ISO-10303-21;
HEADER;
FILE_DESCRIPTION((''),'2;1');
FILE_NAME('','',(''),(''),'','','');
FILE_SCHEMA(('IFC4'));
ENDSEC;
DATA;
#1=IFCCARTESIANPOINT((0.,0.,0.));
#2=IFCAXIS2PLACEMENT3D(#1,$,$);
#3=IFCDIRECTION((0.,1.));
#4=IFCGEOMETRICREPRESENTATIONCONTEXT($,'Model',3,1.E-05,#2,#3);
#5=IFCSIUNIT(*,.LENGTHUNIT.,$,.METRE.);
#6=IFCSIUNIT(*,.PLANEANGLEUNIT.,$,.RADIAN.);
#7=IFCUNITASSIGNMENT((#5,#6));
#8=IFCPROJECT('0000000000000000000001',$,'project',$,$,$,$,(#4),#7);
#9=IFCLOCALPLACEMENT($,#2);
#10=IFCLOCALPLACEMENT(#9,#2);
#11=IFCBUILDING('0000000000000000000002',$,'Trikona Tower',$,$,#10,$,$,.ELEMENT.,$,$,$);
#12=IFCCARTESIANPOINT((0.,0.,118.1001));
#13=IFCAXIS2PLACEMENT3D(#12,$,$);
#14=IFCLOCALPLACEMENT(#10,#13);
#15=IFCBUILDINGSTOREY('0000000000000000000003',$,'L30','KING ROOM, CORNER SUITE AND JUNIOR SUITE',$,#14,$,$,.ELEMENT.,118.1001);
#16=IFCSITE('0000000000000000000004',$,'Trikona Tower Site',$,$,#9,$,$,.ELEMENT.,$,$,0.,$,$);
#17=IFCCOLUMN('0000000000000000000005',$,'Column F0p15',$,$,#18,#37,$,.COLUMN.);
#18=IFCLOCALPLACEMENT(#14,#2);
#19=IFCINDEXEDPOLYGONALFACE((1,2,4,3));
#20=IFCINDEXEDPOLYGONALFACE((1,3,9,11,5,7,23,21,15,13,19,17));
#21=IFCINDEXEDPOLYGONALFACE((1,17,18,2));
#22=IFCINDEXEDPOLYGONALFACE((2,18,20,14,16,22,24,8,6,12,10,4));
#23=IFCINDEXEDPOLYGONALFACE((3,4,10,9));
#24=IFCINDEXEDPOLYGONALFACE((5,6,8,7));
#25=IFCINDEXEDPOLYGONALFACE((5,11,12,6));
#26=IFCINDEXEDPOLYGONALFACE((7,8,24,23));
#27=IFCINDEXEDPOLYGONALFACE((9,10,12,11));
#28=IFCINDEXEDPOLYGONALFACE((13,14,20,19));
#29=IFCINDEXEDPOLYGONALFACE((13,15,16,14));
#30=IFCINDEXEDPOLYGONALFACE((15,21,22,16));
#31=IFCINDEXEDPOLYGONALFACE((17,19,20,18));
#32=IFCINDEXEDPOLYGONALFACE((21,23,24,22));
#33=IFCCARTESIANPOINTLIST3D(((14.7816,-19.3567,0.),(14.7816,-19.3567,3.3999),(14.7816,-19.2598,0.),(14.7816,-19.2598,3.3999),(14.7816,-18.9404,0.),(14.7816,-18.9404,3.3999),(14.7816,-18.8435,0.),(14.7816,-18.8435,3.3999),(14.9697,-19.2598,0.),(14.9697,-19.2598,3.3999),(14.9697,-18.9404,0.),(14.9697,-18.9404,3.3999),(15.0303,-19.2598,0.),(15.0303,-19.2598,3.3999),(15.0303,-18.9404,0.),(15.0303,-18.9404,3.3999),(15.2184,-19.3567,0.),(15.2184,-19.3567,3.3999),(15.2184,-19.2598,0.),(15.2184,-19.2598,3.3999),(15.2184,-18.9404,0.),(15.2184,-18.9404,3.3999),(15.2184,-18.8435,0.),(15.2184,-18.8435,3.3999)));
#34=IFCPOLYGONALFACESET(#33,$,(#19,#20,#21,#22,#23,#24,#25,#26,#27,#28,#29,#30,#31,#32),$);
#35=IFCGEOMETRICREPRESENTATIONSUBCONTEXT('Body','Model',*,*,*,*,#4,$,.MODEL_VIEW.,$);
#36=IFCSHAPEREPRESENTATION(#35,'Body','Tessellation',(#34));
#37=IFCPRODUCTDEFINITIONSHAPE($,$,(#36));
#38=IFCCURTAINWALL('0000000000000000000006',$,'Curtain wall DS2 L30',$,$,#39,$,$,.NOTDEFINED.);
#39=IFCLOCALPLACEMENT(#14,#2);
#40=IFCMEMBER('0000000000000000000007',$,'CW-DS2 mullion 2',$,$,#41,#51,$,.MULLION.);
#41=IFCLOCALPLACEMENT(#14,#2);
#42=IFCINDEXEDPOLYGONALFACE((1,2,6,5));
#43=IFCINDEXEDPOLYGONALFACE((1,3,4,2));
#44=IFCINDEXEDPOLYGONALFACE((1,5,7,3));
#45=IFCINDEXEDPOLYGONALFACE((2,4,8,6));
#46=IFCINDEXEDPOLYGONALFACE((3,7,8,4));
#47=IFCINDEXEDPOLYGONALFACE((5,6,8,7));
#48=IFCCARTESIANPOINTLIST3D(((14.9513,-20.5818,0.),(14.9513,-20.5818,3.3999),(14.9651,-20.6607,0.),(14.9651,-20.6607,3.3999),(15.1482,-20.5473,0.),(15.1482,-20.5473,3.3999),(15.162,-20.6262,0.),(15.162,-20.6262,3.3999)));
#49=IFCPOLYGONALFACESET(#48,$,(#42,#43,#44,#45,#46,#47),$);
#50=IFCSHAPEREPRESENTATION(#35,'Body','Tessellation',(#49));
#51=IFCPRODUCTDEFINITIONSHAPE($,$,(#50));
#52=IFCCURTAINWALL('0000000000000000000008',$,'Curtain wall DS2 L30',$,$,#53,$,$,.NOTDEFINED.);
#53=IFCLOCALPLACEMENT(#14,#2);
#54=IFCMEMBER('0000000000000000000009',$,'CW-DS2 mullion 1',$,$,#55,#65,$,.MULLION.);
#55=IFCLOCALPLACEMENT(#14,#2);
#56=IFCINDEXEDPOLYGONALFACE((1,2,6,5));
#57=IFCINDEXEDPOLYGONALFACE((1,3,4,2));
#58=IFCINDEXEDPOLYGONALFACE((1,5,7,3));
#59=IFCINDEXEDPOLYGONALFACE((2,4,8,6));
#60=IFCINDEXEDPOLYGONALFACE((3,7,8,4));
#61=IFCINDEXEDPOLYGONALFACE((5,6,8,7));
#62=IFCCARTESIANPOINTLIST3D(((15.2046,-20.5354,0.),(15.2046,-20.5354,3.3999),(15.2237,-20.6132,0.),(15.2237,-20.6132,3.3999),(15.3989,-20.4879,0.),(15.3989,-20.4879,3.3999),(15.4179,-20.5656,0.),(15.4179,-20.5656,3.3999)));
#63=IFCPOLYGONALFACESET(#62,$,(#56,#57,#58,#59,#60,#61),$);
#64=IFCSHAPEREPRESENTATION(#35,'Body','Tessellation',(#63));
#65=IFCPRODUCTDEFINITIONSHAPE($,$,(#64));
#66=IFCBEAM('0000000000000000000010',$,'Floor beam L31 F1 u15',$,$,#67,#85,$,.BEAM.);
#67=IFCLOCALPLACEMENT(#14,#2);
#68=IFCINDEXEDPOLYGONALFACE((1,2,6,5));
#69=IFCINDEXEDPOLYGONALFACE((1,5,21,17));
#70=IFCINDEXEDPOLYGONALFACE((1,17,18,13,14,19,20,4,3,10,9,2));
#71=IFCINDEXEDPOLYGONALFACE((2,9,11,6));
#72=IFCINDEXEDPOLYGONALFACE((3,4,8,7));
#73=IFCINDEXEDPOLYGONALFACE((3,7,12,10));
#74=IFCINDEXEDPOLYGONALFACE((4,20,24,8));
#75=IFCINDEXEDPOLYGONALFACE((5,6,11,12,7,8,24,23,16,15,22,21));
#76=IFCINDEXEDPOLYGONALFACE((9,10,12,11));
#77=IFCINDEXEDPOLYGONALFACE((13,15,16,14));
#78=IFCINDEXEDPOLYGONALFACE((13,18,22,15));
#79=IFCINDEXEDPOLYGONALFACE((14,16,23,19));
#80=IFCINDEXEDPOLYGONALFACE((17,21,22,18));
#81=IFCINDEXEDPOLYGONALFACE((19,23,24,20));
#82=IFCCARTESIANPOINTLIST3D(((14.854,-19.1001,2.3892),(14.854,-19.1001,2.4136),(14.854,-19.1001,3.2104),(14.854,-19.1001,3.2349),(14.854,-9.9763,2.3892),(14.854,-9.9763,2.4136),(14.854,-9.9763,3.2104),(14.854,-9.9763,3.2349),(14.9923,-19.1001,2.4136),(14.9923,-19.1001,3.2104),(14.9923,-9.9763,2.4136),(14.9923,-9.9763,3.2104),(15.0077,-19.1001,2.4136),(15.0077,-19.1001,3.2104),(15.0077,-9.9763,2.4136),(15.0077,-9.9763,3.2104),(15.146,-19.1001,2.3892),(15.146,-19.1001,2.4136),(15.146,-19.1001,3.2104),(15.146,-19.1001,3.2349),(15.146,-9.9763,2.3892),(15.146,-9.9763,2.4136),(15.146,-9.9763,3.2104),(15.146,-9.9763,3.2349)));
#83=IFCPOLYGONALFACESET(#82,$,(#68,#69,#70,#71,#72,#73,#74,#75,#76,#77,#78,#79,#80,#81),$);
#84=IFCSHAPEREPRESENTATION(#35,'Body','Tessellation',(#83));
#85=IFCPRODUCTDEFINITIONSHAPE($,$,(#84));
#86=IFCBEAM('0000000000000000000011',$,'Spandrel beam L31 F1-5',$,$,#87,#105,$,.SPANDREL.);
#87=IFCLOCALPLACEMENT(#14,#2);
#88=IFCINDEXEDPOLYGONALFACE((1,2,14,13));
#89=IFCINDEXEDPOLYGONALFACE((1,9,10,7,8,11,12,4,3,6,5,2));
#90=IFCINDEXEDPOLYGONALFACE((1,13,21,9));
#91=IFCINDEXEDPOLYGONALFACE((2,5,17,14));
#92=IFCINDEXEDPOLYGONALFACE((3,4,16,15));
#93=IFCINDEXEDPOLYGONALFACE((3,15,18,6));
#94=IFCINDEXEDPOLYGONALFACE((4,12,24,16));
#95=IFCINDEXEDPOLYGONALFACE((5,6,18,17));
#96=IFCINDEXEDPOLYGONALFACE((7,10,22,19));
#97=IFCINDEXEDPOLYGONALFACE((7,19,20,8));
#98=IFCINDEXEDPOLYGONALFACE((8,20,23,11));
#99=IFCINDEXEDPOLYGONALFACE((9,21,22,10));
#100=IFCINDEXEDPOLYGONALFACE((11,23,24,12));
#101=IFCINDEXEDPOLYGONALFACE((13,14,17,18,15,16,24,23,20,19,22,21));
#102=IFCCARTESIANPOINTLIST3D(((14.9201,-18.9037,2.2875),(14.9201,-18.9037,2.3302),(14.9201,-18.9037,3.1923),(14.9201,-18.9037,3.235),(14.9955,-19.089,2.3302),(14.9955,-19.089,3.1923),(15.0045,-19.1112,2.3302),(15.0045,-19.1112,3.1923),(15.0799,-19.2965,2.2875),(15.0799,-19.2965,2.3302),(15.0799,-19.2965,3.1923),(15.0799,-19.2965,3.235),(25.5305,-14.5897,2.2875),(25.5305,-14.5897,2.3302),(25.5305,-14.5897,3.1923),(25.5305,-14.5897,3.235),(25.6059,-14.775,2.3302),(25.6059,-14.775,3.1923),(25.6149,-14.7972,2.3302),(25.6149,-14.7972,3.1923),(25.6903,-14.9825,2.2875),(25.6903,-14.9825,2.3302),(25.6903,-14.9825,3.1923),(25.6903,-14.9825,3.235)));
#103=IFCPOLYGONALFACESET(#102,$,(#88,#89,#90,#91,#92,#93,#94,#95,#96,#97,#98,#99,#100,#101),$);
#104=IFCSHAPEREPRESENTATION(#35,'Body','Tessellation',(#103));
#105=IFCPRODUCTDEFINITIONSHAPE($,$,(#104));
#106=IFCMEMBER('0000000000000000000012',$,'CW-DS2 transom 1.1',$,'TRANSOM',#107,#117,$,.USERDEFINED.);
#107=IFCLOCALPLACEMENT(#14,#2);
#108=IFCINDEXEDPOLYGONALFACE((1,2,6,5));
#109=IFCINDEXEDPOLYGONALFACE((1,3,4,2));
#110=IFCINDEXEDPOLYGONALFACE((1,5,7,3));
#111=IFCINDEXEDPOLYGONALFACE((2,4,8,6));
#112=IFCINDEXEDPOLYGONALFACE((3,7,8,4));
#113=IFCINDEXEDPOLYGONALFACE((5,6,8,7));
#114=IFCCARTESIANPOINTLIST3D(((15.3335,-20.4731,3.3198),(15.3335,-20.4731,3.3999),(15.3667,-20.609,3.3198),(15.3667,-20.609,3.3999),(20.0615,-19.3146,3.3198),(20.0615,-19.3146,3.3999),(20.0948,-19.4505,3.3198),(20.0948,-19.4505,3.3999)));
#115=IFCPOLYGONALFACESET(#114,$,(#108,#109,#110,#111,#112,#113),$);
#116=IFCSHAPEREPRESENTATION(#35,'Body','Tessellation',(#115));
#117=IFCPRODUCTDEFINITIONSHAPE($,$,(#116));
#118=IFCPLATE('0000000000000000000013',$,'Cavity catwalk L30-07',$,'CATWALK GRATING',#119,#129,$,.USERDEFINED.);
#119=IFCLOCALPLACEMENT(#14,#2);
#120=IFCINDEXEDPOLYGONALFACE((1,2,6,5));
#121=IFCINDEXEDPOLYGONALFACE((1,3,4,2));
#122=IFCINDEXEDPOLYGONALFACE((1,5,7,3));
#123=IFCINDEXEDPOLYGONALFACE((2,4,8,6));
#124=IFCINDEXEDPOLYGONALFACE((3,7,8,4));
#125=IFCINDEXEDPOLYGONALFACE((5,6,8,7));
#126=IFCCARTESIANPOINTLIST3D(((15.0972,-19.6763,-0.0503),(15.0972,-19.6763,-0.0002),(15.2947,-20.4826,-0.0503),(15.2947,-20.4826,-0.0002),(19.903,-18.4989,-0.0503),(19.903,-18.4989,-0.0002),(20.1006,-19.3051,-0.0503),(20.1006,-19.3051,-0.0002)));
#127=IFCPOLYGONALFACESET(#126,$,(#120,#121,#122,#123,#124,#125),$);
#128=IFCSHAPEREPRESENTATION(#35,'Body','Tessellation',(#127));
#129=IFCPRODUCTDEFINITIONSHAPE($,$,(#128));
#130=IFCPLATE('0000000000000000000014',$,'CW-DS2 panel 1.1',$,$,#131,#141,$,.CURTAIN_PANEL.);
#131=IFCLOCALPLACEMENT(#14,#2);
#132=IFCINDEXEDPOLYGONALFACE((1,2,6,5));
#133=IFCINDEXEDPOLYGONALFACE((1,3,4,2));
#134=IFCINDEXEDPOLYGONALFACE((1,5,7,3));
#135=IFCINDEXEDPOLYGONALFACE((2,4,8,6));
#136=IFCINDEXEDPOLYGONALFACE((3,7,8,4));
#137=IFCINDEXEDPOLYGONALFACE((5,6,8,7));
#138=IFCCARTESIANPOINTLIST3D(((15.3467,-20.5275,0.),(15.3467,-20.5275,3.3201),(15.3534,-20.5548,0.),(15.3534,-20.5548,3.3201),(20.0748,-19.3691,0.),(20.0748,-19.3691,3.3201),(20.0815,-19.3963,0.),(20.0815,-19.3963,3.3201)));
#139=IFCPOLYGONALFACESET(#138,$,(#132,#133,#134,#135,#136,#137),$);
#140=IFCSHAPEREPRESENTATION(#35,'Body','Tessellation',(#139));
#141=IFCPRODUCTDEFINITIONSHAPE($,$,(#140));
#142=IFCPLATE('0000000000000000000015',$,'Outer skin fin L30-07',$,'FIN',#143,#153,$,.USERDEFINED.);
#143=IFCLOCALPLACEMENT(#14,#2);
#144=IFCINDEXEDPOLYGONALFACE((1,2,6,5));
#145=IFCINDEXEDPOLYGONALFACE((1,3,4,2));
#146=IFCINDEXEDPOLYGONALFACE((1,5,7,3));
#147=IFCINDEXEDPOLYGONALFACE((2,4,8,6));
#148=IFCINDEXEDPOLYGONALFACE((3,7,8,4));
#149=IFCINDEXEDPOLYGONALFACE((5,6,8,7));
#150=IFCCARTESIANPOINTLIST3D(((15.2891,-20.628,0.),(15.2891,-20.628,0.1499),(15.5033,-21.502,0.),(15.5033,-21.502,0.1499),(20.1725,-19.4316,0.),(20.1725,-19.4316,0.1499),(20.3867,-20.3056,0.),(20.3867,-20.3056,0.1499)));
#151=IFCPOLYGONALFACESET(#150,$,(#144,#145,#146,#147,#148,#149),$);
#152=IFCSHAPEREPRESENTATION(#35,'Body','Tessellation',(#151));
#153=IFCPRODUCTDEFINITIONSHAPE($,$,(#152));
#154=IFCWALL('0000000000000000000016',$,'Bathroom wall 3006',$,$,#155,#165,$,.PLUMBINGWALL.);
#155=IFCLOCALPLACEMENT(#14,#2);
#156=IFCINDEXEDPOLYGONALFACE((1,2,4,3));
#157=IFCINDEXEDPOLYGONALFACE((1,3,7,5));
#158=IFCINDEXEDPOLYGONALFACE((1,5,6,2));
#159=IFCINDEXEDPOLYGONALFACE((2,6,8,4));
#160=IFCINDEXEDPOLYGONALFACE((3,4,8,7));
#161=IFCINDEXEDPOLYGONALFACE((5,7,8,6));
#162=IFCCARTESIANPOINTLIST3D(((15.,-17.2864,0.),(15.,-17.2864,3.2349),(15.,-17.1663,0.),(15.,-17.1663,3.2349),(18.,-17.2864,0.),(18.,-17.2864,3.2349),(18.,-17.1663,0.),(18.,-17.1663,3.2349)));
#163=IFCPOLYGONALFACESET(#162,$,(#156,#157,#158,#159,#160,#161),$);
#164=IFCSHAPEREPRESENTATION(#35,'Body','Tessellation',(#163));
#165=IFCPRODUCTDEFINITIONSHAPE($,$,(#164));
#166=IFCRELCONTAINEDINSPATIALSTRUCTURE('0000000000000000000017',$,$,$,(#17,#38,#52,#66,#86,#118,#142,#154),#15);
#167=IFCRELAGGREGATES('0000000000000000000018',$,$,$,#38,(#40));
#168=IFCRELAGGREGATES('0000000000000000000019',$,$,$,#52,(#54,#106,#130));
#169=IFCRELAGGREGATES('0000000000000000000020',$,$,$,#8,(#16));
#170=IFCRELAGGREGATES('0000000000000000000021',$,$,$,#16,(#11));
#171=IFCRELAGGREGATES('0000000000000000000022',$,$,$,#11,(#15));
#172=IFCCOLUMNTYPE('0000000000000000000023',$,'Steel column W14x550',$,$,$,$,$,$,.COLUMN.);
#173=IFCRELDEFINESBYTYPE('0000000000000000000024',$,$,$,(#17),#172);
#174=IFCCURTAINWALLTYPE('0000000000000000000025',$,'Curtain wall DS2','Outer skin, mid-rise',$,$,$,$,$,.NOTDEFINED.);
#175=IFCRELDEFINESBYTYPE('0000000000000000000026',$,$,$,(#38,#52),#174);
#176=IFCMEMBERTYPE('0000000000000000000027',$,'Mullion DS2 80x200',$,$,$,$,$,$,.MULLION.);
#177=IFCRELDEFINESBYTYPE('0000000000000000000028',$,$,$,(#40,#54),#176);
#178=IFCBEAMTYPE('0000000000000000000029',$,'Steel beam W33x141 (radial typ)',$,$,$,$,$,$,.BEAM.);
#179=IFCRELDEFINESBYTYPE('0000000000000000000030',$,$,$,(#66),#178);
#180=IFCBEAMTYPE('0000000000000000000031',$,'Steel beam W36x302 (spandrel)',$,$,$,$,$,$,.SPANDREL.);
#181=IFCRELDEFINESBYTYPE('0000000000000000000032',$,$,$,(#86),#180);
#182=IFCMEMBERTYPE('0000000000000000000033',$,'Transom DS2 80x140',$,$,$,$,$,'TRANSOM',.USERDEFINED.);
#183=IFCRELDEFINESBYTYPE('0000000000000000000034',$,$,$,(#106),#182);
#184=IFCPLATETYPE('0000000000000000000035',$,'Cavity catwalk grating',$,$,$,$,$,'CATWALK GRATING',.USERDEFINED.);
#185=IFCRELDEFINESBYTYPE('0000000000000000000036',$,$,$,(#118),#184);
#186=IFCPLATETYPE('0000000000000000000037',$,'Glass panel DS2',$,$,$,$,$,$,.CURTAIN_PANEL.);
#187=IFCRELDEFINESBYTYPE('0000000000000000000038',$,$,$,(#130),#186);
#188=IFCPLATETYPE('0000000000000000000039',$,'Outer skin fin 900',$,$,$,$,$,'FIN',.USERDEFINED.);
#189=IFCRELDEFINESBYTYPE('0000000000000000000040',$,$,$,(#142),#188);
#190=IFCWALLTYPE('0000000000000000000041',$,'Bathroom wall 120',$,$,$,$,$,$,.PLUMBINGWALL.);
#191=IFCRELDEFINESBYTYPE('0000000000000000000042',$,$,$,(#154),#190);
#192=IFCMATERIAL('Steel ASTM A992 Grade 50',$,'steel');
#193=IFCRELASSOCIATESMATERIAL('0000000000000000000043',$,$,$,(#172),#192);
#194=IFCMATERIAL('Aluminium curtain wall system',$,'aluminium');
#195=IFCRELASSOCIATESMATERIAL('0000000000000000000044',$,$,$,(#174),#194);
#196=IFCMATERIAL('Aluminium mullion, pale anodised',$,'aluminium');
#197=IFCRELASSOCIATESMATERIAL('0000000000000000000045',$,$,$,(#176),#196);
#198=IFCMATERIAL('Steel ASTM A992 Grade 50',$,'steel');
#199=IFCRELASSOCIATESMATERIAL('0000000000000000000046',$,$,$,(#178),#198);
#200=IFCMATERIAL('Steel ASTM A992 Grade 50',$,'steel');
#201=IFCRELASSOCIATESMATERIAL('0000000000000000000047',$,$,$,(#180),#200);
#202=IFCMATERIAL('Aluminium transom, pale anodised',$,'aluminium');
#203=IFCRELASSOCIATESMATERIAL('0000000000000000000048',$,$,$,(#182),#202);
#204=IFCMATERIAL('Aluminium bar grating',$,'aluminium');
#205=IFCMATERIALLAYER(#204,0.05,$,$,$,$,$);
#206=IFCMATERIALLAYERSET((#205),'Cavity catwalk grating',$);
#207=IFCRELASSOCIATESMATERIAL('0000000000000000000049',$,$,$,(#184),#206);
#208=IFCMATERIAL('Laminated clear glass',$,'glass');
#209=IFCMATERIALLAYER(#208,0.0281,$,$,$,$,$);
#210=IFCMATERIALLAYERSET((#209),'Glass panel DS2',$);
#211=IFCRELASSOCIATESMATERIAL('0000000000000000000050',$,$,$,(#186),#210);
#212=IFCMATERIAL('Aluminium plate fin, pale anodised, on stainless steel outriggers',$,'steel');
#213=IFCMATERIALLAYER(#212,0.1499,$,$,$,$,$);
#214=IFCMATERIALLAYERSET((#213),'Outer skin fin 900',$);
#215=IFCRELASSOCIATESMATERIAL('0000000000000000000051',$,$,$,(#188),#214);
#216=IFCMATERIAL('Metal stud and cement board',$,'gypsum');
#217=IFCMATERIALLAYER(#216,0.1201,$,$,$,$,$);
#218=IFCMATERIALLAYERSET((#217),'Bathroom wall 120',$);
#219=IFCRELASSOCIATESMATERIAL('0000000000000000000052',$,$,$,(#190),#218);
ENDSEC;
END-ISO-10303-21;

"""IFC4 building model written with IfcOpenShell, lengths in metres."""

from ifc_helpers import new_model, si_unit, direction, frame, frame_2d, origin, origin_2d, place, context, subcontext, project, spatial, rectangle, i_section, extrude, material, layer, layer_set, material_profile, profile_set, type_object, element, aggregate, save


model = new_model("IFC4")

# Units and contexts
model_context = context("Model", 3, precision=1e-05, world=origin(), true_north=direction((0.0, 1.0)))
body_context = subcontext(model_context, "Body", "Model", "MODEL_VIEW")
ifc_project = project(units=[si_unit("LENGTHUNIT", "METRE"), si_unit("PLANEANGLEUNIT", "RADIAN")], contexts=[model_context])

# Site, building, storey
site_placement = place(None, origin())
site = spatial("IfcSite", under=ifc_project, at=site_placement, Name="Trikona Tower Site", CompositionType="ELEMENT", RefElevation=0.0)
building_placement = place(site_placement, origin())
building = spatial("IfcBuilding", under=site, at=building_placement, Name="Trikona Tower", CompositionType="ELEMENT")
storey_placement = place(building_placement, frame((0.0, 0.0, 118.1001)))
storey = spatial("IfcBuildingStorey", under=building, at=storey_placement, Name="L30", Description="KING ROOM, CORNER SUITE AND JUNIOR SUITE", CompositionType="ELEMENT", Elevation=118.1001)

# Column
ifc_material_1 = material(Name="Steel ASTM A992 Grade 50", Category="steel")
ifc_material_profile_1 = material_profile(ifc_material_1, i_section(OverallWidth=0.4368, OverallDepth=0.5132, WebThickness=0.0605, FlangeThickness=0.0969, at=origin_2d()), Name="W14X550")
ifc_profile_set_1 = profile_set([ifc_material_profile_1], Name="Steel ASTM A992 Grade 50")
column_type = type_object("IfcColumnType", Name="Steel column W14x550", PredefinedType="COLUMN", material=ifc_profile_set_1)
column_placement = place(storey_placement, frame((15.0, -19.1001, 0.0), z_axis=(0.0, 0.0, 1.0), x_axis=(1.0, 0.0, 0.0)))
element("IfcColumn", 1, at=column_placement, inside=storey, type_object=column_type, Name="Column F0p15", PredefinedType="COLUMN", context=body_context, shape_type="SweptSolid", body=[
    extrude(i_section(OverallWidth=0.4368, OverallDepth=0.5132, WebThickness=0.0605, FlangeThickness=0.0969, at=origin_2d()), origin(), (0.0, 0.0, 1.0), 3.3999),
])

# Curtain walls, members
ifc_material_2 = material(Name="Aluminium curtain wall system", Category="aluminium")
curtain_wall_type = type_object("IfcCurtainWallType", Name="Curtain wall DS2", Description="Outer skin, mid-rise", PredefinedType="NOTDEFINED", material=ifc_material_2)
curtain_wall_1_placement = place(storey_placement, origin())
curtain_wall_1 = element("IfcCurtainWall", 2, at=curtain_wall_1_placement, inside=storey, type_object=curtain_wall_type, Name="Curtain wall DS2 L30", PredefinedType="NOTDEFINED")
ifc_material_3 = material(Name="Aluminium mullion, pale anodised", Category="aluminium")
ifc_material_profile_2 = material_profile(ifc_material_3, rectangle(XDim=0.0801, YDim=0.2, at=origin_2d()), Name="MUL-DS2")
ifc_profile_set_2 = profile_set([ifc_material_profile_2], Name="Aluminium mullion, pale anodised")
member_type_1 = type_object("IfcMemberType", Name="Mullion DS2 80x200", PredefinedType="MULLION", material=ifc_profile_set_2)
member_1_placement = place(storey_placement, frame((15.0566, -20.604, 0.0), z_axis=(0.0, 0.0, 1.0), x_axis=(-0.172377, 0.985031, 0.0)))
member_1 = element("IfcMember", 3, at=member_1_placement, type_object=member_type_1, Name="CW-DS2 mullion 2", PredefinedType="MULLION", context=body_context, shape_type="SweptSolid", body=[
    extrude(rectangle(XDim=0.0801, YDim=0.2, at=origin_2d()), origin(), (0.0, 0.0, 1.0), 3.3999),
])
aggregate(curtain_wall_1, [member_1])
curtain_wall_2_placement = place(storey_placement, origin())
curtain_wall_2 = element("IfcCurtainWall", 4, at=curtain_wall_2_placement, inside=storey, type_object=curtain_wall_type, Name="Curtain wall DS2 L30", PredefinedType="NOTDEFINED")
member_2_placement = place(storey_placement, frame((15.3113, -20.5505, 0.0), z_axis=(0.0, 0.0, 1.0), x_axis=(-0.23797, 0.971272, 0.0)))
member_2 = element("IfcMember", 5, at=member_2_placement, type_object=member_type_1, Name="CW-DS2 mullion 1", PredefinedType="MULLION", context=body_context, shape_type="SweptSolid", body=[
    extrude(rectangle(XDim=0.0801, YDim=0.2, at=origin_2d()), origin(), (0.0, 0.0, 1.0), 3.3999),
])

# Beams
ifc_material_4 = material(Name="Steel ASTM A992 Grade 50", Category="steel")
ifc_material_profile_3 = material_profile(ifc_material_4, i_section(OverallWidth=0.292, OverallDepth=0.8457, WebThickness=0.0154, FlangeThickness=0.0244, at=origin_2d()), Name="W33X141")
ifc_profile_set_3 = profile_set([ifc_material_profile_3], Name="Steel ASTM A992 Grade 50")
beam_type_1 = type_object("IfcBeamType", Name="Steel beam W33x141 (radial typ)", PredefinedType="BEAM", material=ifc_profile_set_3)
beam_1_placement = place(storey_placement, frame((15.0, -9.9763, 2.812), z_axis=(0.0, -1.0, 0.0), x_axis=(1.0, 0.0, 0.0)))
element("IfcBeam", 6, at=beam_1_placement, inside=storey, type_object=beam_type_1, Name="Floor beam L31 F1 u15", PredefinedType="BEAM", context=body_context, shape_type="SweptSolid", body=[
    extrude(i_section(OverallWidth=0.292, OverallDepth=0.8457, WebThickness=0.0154, FlangeThickness=0.0244, at=origin_2d()), origin(), (0.0, 0.0, 1.0), 9.1238),
])
ifc_material_5 = material(Name="Steel ASTM A992 Grade 50", Category="steel")
ifc_material_profile_4 = material_profile(ifc_material_5, i_section(OverallWidth=0.4241, OverallDepth=0.9475, WebThickness=0.0239, FlangeThickness=0.0427, at=origin_2d()), Name="W36X302")
ifc_profile_set_4 = profile_set([ifc_material_profile_4], Name="Steel ASTM A992 Grade 50")
beam_type_2 = type_object("IfcBeamType", Name="Steel beam W36x302 (spandrel)", PredefinedType="SPANDREL", material=ifc_profile_set_4)
beam_2_placement = place(storey_placement, frame((15.0, -19.1001, 2.7612), z_axis=(0.92636, 0.37664, 0.0), x_axis=(-0.37664, 0.92636, 0.0)))
element("IfcBeam", 7, at=beam_2_placement, inside=storey, type_object=beam_type_2, Name="Spandrel beam L31 F1-5", PredefinedType="SPANDREL", context=body_context, shape_type="SweptSolid", body=[
    extrude(i_section(OverallWidth=0.4241, OverallDepth=0.9475, WebThickness=0.0239, FlangeThickness=0.0427, at=origin_2d()), origin(), (0.0, 0.0, 1.0), 11.4539),
])

# Member
ifc_material_6 = material(Name="Aluminium transom, pale anodised", Category="aluminium")
ifc_material_profile_5 = material_profile(ifc_material_6, rectangle(XDim=0.1399, YDim=0.0801, at=origin_2d()), Name="TRN-DS2")
ifc_profile_set_5 = profile_set([ifc_material_profile_5], Name="Aluminium transom, pale anodised")
member_type_2 = type_object("IfcMemberType", Name="Transom DS2 80x140", ElementType="TRANSOM", PredefinedType="USERDEFINED", material=ifc_profile_set_5)
member_3_placement = place(storey_placement, frame((15.3501, -20.541, 3.3599), z_axis=(0.971271, 0.237978, 0.0), x_axis=(-0.237978, 0.971271, 0.0)))
member_3 = element("IfcMember", 8, at=member_3_placement, type_object=member_type_2, Name="CW-DS2 transom 1.1", ObjectType="TRANSOM", PredefinedType="USERDEFINED", context=body_context, shape_type="SweptSolid", body=[
    extrude(rectangle(XDim=0.1399, YDim=0.0801, at=origin_2d()), origin(), (0.0, 0.0, 1.0), 4.8679),
])

# Plates
ifc_material_7 = material(Name="Aluminium bar grating", Category="aluminium")
ifc_layer_1 = layer(ifc_material_7, 0.05)
ifc_layer_set_1 = layer_set([ifc_layer_1], Name="Cavity catwalk grating")
plate_type_1 = type_object("IfcPlateType", Name="Cavity catwalk grating", ElementType="CATWALK GRATING", PredefinedType="USERDEFINED", material=ifc_layer_set_1)
plate_1_placement = place(storey_placement, frame((17.5989, -19.4907, -0.0503), z_axis=(0.0, 0.0, 1.0), x_axis=(0.971274, 0.237962, 0.0)))
element("IfcPlate", 9, at=plate_1_placement, inside=storey, type_object=plate_type_1, Name="Cavity catwalk L30-07", ObjectType="CATWALK GRATING", PredefinedType="USERDEFINED", context=body_context, shape_type="SweptSolid", body=[
    extrude(rectangle(XDim=4.948, YDim=0.8301, at=origin_2d()), origin(), (0.0, 0.0, 1.0), 0.05),
])
ifc_material_8 = material(Name="Laminated clear glass", Category="glass")
ifc_layer_2 = layer(ifc_material_8, 0.0281)
ifc_layer_set_2 = layer_set([ifc_layer_2], Name="Glass panel DS2")
plate_type_2 = type_object("IfcPlateType", Name="Glass panel DS2", PredefinedType="CURTAIN_PANEL", material=ifc_layer_set_2)
plate_2_placement = place(storey_placement, frame((17.7141, -19.9619, 0.0), z_axis=(0.0, 0.0, 1.0), x_axis=(0.971272, 0.23797, 0.0)))
plate_2 = element("IfcPlate", 10, at=plate_2_placement, type_object=plate_type_2, Name="CW-DS2 panel 1.1", PredefinedType="CURTAIN_PANEL", context=body_context, shape_type="SweptSolid", body=[
    extrude(rectangle(XDim=4.8679, YDim=0.0281, at=origin_2d()), origin(), (0.0, 0.0, 1.0), 3.3201),
])
aggregate(curtain_wall_2, [member_2, member_3, plate_2])
ifc_material_9 = material(Name="Aluminium plate fin, pale anodised, on stainless steel outriggers", Category="steel")
ifc_layer_3 = layer(ifc_material_9, 0.1499)
ifc_layer_set_3 = layer_set([ifc_layer_3], Name="Outer skin fin 900")
plate_type_3 = type_object("IfcPlateType", Name="Outer skin fin 900", ElementType="FIN", PredefinedType="USERDEFINED", material=ifc_layer_set_3)
plate_3_placement = place(storey_placement, frame((17.8379, -20.4668, 0.0), z_axis=(0.0, 0.0, 1.0), x_axis=(0.971274, 0.237962, 0.0)))
element("IfcPlate", 11, at=plate_3_placement, inside=storey, type_object=plate_type_3, Name="Outer skin fin L30-07", ObjectType="FIN", PredefinedType="USERDEFINED", context=body_context, shape_type="SweptSolid", body=[
    extrude(rectangle(XDim=5.0278, YDim=0.8999, at=origin_2d()), origin(), (0.0, 0.0, 1.0), 0.1499),
])

# Wall
ifc_material_10 = material(Name="Metal stud and cement board", Category="gypsum")
ifc_layer_4 = layer(ifc_material_10, 0.1201)
ifc_layer_set_4 = layer_set([ifc_layer_4], Name="Bathroom wall 120")
wall_type_1 = type_object("IfcWallType", Name="Bathroom wall 120", PredefinedType="PLUMBINGWALL", material=ifc_layer_set_4)
wall_1_placement = place(storey_placement, frame((15.0, -17.2263, 0.0), z_axis=(0.0, 0.0, 1.0), x_axis=(1.0, 0.0, 0.0)))
element("IfcWall", 12, at=wall_1_placement, inside=storey, type_object=wall_type_1, Name="Bathroom wall 3006", PredefinedType="PLUMBINGWALL", context=body_context, shape_type="SweptSolid", body=[
    extrude(rectangle(XDim=3.0, YDim=0.1201, at=frame_2d((1.5, 0.0))), origin(), (0.0, 0.0, 1.0), 3.2349),
])

save(model, "model.ifc")
